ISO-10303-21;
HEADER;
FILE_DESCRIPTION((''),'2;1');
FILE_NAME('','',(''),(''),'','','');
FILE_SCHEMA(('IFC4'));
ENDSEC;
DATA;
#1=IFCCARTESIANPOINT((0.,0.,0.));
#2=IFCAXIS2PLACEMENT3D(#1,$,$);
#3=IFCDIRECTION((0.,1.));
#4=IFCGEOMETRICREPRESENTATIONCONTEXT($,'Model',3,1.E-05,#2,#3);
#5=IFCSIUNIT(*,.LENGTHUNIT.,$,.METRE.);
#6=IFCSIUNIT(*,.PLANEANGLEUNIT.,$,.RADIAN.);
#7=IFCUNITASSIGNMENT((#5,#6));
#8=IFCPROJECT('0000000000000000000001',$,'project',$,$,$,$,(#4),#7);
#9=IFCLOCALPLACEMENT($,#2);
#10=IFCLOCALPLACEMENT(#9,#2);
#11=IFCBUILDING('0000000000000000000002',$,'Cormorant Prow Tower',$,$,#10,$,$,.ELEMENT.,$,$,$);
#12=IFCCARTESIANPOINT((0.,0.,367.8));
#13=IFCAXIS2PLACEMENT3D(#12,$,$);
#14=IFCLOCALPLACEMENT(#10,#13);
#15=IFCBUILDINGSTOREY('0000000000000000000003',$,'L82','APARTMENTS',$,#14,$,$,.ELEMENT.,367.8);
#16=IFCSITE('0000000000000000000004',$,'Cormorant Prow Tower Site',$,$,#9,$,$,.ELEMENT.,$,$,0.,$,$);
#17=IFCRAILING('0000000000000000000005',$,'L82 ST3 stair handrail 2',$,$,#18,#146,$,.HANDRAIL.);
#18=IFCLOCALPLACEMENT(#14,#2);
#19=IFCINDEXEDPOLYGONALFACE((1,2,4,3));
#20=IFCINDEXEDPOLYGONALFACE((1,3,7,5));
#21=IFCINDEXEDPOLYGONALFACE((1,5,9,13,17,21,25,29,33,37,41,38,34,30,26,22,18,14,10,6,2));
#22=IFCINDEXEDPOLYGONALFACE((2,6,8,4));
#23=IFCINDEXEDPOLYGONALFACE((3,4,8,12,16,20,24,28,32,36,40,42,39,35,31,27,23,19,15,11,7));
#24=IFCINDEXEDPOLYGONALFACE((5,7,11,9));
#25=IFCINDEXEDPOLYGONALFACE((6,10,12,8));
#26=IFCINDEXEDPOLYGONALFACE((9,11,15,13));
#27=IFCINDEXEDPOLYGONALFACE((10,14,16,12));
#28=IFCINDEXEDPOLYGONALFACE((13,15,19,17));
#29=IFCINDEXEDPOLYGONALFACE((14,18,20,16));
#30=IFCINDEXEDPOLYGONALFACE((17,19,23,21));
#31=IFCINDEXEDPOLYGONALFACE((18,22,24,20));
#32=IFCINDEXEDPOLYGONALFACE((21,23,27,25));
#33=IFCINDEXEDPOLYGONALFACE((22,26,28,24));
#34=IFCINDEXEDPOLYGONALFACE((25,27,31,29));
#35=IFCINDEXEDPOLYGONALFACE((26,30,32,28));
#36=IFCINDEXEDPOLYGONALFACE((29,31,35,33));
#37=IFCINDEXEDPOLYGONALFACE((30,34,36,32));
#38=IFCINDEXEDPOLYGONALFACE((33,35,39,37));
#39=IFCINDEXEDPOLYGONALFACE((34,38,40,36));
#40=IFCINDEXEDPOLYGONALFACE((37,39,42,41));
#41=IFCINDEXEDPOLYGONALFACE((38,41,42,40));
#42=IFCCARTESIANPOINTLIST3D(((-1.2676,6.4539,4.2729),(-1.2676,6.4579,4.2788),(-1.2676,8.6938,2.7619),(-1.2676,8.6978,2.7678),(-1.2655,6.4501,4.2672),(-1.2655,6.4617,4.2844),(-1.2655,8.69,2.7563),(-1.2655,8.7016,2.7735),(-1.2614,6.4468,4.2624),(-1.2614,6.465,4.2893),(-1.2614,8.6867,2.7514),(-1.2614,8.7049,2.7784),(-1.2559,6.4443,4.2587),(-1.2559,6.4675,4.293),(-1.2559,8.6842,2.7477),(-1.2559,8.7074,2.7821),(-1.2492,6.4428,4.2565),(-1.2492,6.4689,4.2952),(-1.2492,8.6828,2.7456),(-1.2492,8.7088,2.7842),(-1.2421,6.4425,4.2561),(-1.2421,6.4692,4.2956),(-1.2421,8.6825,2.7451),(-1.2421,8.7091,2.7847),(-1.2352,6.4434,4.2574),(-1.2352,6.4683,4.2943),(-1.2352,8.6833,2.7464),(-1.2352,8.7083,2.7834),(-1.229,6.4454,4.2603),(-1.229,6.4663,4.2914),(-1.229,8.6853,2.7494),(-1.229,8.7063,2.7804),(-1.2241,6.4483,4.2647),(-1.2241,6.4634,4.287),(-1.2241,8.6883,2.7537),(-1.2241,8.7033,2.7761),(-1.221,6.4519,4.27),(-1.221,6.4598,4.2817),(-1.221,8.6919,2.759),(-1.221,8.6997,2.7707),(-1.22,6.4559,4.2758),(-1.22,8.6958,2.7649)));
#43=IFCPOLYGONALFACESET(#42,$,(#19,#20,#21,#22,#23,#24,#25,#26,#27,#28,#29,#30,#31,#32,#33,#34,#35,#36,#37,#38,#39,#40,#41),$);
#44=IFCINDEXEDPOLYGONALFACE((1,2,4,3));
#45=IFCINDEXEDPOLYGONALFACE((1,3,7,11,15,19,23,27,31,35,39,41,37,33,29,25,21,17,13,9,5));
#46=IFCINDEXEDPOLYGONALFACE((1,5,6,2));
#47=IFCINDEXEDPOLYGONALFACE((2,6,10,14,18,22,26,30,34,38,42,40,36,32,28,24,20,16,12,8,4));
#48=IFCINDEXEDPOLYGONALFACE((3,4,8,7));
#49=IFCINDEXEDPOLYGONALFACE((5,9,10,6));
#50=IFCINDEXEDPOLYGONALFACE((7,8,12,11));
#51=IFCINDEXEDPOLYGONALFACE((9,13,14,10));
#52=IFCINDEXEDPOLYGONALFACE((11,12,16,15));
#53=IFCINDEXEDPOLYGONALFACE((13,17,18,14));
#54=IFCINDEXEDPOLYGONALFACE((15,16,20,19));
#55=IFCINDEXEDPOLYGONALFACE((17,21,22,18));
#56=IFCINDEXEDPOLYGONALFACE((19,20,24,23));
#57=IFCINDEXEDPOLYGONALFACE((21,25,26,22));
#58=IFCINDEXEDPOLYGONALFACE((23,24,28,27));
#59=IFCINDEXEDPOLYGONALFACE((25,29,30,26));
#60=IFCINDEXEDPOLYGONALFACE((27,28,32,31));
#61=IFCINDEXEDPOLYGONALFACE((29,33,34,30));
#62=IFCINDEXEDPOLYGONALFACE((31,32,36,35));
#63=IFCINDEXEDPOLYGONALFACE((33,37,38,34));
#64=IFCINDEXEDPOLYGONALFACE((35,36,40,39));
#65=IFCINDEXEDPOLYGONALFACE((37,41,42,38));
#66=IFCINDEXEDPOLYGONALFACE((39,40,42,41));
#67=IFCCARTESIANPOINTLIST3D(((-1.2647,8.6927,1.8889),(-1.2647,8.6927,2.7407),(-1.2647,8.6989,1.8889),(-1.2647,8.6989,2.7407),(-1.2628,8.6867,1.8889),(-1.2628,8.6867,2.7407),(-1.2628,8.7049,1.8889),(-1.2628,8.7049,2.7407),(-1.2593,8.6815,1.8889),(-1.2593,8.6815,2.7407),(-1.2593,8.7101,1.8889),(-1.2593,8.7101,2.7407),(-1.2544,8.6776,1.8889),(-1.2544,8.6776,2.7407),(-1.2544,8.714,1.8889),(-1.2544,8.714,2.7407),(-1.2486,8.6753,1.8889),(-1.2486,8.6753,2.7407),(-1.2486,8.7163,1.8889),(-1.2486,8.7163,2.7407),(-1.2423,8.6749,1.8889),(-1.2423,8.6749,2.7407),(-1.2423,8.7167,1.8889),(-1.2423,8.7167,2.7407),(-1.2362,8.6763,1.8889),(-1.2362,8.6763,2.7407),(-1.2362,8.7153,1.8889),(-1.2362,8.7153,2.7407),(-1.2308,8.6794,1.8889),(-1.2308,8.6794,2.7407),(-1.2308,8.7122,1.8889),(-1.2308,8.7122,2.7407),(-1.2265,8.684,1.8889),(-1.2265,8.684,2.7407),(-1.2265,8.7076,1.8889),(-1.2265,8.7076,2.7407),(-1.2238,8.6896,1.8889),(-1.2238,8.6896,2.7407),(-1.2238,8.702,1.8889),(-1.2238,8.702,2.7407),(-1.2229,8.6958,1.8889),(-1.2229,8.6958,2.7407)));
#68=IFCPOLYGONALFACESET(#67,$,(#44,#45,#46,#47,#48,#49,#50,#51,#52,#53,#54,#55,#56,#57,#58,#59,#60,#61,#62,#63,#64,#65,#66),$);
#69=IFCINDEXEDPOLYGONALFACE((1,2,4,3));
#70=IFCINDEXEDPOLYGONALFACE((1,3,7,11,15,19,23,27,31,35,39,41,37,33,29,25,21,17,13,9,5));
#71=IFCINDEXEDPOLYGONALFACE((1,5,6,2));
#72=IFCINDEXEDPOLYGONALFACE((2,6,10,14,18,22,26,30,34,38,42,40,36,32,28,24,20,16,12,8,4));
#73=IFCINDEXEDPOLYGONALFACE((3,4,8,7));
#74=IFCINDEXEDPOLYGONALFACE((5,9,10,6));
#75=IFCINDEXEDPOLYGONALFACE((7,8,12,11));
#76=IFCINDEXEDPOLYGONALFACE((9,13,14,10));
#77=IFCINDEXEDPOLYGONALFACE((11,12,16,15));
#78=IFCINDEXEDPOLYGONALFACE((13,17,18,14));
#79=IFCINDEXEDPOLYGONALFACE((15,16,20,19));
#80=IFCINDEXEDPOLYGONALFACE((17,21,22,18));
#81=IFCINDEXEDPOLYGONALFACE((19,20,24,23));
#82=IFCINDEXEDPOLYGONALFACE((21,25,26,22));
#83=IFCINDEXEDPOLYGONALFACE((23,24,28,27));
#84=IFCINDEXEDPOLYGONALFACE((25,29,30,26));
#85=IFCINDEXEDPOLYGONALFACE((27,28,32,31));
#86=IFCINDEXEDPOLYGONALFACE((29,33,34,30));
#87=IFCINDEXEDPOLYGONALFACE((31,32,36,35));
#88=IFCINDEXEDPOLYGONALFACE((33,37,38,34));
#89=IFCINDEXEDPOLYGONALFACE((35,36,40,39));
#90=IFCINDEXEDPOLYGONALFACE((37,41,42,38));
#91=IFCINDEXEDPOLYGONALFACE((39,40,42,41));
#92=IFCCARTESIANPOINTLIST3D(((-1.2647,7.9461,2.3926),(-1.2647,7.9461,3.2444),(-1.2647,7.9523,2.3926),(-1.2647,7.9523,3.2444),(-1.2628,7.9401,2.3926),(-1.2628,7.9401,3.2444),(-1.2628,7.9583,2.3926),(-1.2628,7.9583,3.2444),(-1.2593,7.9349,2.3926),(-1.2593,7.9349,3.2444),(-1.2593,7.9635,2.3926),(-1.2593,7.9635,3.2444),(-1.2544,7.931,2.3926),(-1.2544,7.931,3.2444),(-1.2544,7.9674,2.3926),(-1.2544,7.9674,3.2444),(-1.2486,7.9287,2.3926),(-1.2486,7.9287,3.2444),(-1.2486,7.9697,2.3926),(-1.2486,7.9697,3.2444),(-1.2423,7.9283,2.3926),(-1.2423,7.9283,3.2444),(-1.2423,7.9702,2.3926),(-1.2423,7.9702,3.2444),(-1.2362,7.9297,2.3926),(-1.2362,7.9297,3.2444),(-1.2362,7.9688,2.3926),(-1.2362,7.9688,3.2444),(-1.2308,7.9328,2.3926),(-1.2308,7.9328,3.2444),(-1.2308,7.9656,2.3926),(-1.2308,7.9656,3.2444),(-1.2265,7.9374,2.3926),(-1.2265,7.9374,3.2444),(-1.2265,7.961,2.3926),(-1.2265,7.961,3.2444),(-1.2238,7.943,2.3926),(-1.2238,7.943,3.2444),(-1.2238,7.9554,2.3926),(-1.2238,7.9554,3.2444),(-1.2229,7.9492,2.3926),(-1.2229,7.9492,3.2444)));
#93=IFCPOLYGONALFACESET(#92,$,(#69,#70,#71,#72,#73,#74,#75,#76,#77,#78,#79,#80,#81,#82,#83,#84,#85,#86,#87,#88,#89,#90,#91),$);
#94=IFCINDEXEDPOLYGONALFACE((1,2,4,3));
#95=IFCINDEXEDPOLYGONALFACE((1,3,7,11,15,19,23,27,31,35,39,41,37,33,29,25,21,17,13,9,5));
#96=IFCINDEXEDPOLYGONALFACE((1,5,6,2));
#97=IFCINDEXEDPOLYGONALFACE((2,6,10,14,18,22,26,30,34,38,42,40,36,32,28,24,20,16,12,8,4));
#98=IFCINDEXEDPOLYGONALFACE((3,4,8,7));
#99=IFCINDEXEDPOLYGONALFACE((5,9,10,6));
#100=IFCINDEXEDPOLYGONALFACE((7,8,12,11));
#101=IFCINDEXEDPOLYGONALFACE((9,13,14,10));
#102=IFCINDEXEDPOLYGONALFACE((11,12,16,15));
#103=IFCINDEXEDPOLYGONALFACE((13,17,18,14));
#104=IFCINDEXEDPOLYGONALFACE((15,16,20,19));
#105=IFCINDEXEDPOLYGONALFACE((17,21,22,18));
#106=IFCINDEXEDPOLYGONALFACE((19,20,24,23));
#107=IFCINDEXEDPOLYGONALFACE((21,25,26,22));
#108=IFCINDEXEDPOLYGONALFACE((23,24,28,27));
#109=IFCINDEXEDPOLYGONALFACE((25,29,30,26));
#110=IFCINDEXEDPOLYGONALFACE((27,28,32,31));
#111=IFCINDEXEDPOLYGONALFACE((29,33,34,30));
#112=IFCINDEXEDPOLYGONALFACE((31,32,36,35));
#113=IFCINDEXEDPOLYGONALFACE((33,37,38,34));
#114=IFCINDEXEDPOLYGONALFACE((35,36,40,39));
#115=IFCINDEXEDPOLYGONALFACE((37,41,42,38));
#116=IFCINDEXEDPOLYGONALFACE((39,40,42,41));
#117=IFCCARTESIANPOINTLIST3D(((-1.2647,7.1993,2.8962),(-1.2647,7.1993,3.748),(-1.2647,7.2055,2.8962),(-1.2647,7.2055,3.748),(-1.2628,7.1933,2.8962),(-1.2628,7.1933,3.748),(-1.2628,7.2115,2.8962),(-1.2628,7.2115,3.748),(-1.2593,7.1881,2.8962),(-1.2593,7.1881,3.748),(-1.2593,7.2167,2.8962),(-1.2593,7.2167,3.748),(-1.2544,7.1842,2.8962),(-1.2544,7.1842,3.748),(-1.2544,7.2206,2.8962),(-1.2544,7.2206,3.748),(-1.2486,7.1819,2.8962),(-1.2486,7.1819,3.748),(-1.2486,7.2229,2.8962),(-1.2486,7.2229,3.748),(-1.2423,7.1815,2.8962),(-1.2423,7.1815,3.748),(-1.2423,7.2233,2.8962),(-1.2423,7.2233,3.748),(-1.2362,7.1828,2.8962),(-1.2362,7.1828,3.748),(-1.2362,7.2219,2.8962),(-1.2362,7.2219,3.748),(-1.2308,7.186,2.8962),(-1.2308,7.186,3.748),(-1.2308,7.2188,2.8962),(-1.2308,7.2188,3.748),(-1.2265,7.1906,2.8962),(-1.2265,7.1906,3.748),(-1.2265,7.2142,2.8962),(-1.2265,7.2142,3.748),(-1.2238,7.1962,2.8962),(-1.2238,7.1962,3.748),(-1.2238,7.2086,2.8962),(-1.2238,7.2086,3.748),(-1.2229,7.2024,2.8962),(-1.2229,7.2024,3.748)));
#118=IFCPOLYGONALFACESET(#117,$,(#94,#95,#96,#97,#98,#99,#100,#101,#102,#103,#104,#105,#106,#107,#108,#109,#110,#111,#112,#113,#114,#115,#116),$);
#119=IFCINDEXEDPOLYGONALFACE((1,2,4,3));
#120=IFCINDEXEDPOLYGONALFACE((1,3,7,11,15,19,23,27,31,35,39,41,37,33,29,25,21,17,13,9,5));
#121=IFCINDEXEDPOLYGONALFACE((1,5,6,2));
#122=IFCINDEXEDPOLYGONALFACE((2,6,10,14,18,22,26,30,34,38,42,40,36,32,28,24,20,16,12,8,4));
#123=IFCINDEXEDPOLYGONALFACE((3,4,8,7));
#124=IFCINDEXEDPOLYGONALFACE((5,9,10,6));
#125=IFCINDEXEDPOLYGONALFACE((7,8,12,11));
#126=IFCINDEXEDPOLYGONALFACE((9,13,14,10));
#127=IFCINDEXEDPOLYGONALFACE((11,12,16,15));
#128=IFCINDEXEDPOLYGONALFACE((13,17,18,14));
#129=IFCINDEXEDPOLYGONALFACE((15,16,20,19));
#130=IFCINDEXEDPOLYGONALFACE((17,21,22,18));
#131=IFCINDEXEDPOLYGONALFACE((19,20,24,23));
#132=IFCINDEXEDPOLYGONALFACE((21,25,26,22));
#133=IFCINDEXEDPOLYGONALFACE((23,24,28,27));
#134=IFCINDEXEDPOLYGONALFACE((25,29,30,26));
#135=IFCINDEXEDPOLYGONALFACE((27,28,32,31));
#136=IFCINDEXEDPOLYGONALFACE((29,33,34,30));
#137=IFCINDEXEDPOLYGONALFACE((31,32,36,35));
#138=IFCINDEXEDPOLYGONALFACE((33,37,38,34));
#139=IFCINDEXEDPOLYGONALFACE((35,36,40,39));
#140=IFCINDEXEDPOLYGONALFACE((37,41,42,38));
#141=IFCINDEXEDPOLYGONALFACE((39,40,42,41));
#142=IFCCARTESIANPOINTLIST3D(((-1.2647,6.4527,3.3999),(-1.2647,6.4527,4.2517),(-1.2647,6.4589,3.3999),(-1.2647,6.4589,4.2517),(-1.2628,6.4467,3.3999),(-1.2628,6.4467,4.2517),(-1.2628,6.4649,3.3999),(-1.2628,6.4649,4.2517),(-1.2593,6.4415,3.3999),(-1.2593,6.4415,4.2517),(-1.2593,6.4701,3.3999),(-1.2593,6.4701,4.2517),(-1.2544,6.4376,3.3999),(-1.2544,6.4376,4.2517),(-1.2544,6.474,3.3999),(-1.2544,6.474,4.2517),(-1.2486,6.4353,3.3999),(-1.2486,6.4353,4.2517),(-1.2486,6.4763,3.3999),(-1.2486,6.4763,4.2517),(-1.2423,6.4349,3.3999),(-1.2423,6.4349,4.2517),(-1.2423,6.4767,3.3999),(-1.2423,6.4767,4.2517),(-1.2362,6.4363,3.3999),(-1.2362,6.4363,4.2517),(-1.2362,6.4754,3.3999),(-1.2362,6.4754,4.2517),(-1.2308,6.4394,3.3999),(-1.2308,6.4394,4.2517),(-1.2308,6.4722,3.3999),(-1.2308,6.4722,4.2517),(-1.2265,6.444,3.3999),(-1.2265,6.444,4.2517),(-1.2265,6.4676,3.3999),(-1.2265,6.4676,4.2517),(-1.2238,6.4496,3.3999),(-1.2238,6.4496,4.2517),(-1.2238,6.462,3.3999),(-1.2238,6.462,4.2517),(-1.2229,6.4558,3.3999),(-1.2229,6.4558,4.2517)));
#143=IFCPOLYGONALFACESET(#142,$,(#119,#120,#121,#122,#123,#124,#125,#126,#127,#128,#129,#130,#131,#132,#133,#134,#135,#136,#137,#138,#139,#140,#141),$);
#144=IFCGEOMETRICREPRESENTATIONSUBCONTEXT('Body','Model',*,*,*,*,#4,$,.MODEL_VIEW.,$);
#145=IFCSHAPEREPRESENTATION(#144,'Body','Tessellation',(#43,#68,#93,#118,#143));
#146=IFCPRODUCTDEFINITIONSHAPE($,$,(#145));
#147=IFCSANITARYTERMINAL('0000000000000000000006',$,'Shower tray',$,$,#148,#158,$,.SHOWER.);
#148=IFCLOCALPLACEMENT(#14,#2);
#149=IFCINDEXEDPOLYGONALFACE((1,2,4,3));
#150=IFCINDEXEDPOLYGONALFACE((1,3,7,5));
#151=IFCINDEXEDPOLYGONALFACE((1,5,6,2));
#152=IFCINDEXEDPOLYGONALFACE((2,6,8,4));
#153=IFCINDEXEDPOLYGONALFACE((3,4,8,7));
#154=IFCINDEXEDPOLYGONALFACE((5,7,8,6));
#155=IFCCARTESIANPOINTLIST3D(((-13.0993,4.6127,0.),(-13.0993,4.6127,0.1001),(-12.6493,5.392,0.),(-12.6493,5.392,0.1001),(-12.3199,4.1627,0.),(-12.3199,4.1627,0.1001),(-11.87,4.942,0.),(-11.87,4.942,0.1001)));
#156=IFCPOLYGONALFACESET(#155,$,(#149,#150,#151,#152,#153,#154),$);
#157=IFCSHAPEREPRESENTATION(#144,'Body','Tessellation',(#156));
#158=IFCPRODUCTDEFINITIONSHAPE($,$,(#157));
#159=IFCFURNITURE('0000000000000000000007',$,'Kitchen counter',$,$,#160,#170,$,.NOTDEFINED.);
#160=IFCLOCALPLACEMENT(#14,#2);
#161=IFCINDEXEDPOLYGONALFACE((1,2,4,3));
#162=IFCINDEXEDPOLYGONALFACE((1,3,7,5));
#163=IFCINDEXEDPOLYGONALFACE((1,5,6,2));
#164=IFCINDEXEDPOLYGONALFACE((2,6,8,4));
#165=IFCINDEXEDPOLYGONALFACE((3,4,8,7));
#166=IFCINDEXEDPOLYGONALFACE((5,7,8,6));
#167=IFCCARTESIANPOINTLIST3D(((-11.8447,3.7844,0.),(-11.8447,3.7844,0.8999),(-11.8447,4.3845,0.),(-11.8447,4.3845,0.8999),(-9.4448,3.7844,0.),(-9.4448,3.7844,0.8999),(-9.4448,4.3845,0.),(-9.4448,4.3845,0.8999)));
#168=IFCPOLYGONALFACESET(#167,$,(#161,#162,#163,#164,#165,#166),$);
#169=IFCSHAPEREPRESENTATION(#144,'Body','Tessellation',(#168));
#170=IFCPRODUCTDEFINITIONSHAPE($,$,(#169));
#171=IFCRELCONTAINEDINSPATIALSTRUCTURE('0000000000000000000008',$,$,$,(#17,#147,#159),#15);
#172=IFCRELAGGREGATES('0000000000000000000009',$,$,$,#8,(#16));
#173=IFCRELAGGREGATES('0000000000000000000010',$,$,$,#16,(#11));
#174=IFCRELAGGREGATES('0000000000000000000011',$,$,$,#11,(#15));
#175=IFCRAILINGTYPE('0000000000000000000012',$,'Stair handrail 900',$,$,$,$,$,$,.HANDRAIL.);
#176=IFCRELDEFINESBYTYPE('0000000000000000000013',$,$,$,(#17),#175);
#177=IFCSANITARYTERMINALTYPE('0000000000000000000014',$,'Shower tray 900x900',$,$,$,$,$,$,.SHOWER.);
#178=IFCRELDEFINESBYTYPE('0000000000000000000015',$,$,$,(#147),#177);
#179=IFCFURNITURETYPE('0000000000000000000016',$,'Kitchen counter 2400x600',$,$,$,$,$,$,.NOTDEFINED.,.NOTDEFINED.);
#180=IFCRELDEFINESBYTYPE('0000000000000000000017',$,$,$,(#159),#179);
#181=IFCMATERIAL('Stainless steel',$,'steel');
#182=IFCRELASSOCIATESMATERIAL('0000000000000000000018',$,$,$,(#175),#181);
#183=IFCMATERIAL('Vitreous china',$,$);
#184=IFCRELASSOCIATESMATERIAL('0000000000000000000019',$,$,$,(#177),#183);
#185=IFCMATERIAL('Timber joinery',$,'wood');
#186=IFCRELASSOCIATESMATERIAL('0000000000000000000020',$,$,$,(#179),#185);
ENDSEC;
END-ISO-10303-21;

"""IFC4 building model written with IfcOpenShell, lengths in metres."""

from ifc_helpers import new_model, si_unit, direction, frame, origin, origin_2d, place, context, subcontext, project, spatial, rectangle, circle, extrude, material, type_object, element, save


model = new_model("IFC4")

# Units and contexts
model_context = context("Model", 3, precision=1e-05, world=origin(), true_north=direction((0.0, 1.0)))
body_context = subcontext(model_context, "Body", "Model", "MODEL_VIEW")
ifc_project = project(units=[si_unit("LENGTHUNIT", "METRE"), si_unit("PLANEANGLEUNIT", "RADIAN")], contexts=[model_context])

# Site, building, storey
site_placement = place(None, origin())
site = spatial("IfcSite", under=ifc_project, at=site_placement, Name="Cormorant Prow Tower Site", CompositionType="ELEMENT", RefElevation=0.0)
building_placement = place(site_placement, origin())
building = spatial("IfcBuilding", under=site, at=building_placement, Name="Cormorant Prow Tower", CompositionType="ELEMENT")
storey_placement = place(building_placement, frame((0.0, 0.0, 367.8)))
storey = spatial("IfcBuildingStorey", under=building, at=storey_placement, Name="L82", Description="APARTMENTS", CompositionType="ELEMENT", Elevation=367.8)

# Railing
ifc_material_1 = material(Name="Stainless steel", Category="steel")
railing_type = type_object("IfcRailingType", Name="Stair handrail 900", PredefinedType="HANDRAIL", material=ifc_material_1)
railing_placement = place(storey_placement, frame((-1.2439, 8.6958, 1.8889)))
element("IfcRailing", 1, at=railing_placement, inside=storey, type_object=railing_type, Name="L82 ST3 stair handrail 2", PredefinedType="HANDRAIL", context=body_context, shape_type="SweptSolid", body=[
    extrude(circle(Radius=0.0239, at=origin_2d()), frame((0.0, 0.0, 0.876), z_axis=(0.0, -0.829021, 0.559217), x_axis=(1.0, 0.0, 0.0)), (0.0, 0.0, 1.0), 2.7019),
    extrude(circle(Radius=0.021, at=origin_2d()), origin(), (0.0, 0.0, 1.0), 0.8518),
    extrude(circle(Radius=0.021, at=origin_2d()), frame((0.0, -0.7466, 0.5037)), (0.0, 0.0, 1.0), 0.8518),
    extrude(circle(Radius=0.021, at=origin_2d()), frame((0.0, -1.4934, 1.0073)), (0.0, 0.0, 1.0), 0.8518),
    extrude(circle(Radius=0.021, at=origin_2d()), frame((0.0, -2.24, 1.511)), (0.0, 0.0, 1.0), 0.8518),
])

# Sanitary terminal
ifc_material_2 = material(Name="Vitreous china")
sanitary_terminal_type = type_object("IfcSanitaryTerminalType", Name="Shower tray 900x900", PredefinedType="SHOWER", material=ifc_material_2)
sanitary_terminal_placement = place(storey_placement, frame((-12.4846, 4.7773, 0.0), z_axis=(0.0, 0.0, 1.0), x_axis=(-0.866025, 0.5, 0.0)))
element("IfcSanitaryTerminal", 2, at=sanitary_terminal_placement, inside=storey, type_object=sanitary_terminal_type, Name="Shower tray", PredefinedType="SHOWER", context=body_context, shape_type="SweptSolid", body=[
    extrude(rectangle(XDim=0.8999, YDim=0.8999, at=origin_2d()), origin(), (0.0, 0.0, 1.0), 0.1001),
])

# Furniture
ifc_material_3 = material(Name="Timber joinery", Category="wood")
furniture_type = type_object("IfcFurnitureType", Name="Kitchen counter 2400x600", AssemblyPlace="NOTDEFINED", PredefinedType="NOTDEFINED", material=ifc_material_3)
furniture_placement = place(storey_placement, frame((-10.6448, 4.0845, 0.0), z_axis=(0.0, 0.0, 1.0), x_axis=(1.0, 0.0, 0.0)))
element("IfcFurniture", 3, at=furniture_placement, inside=storey, type_object=furniture_type, Name="Kitchen counter", PredefinedType="NOTDEFINED", context=body_context, shape_type="SweptSolid", body=[
    extrude(rectangle(XDim=2.3999, YDim=0.6001, at=origin_2d()), origin(), (0.0, 0.0, 1.0), 0.8999),
])

save(model, "model.ifc")
